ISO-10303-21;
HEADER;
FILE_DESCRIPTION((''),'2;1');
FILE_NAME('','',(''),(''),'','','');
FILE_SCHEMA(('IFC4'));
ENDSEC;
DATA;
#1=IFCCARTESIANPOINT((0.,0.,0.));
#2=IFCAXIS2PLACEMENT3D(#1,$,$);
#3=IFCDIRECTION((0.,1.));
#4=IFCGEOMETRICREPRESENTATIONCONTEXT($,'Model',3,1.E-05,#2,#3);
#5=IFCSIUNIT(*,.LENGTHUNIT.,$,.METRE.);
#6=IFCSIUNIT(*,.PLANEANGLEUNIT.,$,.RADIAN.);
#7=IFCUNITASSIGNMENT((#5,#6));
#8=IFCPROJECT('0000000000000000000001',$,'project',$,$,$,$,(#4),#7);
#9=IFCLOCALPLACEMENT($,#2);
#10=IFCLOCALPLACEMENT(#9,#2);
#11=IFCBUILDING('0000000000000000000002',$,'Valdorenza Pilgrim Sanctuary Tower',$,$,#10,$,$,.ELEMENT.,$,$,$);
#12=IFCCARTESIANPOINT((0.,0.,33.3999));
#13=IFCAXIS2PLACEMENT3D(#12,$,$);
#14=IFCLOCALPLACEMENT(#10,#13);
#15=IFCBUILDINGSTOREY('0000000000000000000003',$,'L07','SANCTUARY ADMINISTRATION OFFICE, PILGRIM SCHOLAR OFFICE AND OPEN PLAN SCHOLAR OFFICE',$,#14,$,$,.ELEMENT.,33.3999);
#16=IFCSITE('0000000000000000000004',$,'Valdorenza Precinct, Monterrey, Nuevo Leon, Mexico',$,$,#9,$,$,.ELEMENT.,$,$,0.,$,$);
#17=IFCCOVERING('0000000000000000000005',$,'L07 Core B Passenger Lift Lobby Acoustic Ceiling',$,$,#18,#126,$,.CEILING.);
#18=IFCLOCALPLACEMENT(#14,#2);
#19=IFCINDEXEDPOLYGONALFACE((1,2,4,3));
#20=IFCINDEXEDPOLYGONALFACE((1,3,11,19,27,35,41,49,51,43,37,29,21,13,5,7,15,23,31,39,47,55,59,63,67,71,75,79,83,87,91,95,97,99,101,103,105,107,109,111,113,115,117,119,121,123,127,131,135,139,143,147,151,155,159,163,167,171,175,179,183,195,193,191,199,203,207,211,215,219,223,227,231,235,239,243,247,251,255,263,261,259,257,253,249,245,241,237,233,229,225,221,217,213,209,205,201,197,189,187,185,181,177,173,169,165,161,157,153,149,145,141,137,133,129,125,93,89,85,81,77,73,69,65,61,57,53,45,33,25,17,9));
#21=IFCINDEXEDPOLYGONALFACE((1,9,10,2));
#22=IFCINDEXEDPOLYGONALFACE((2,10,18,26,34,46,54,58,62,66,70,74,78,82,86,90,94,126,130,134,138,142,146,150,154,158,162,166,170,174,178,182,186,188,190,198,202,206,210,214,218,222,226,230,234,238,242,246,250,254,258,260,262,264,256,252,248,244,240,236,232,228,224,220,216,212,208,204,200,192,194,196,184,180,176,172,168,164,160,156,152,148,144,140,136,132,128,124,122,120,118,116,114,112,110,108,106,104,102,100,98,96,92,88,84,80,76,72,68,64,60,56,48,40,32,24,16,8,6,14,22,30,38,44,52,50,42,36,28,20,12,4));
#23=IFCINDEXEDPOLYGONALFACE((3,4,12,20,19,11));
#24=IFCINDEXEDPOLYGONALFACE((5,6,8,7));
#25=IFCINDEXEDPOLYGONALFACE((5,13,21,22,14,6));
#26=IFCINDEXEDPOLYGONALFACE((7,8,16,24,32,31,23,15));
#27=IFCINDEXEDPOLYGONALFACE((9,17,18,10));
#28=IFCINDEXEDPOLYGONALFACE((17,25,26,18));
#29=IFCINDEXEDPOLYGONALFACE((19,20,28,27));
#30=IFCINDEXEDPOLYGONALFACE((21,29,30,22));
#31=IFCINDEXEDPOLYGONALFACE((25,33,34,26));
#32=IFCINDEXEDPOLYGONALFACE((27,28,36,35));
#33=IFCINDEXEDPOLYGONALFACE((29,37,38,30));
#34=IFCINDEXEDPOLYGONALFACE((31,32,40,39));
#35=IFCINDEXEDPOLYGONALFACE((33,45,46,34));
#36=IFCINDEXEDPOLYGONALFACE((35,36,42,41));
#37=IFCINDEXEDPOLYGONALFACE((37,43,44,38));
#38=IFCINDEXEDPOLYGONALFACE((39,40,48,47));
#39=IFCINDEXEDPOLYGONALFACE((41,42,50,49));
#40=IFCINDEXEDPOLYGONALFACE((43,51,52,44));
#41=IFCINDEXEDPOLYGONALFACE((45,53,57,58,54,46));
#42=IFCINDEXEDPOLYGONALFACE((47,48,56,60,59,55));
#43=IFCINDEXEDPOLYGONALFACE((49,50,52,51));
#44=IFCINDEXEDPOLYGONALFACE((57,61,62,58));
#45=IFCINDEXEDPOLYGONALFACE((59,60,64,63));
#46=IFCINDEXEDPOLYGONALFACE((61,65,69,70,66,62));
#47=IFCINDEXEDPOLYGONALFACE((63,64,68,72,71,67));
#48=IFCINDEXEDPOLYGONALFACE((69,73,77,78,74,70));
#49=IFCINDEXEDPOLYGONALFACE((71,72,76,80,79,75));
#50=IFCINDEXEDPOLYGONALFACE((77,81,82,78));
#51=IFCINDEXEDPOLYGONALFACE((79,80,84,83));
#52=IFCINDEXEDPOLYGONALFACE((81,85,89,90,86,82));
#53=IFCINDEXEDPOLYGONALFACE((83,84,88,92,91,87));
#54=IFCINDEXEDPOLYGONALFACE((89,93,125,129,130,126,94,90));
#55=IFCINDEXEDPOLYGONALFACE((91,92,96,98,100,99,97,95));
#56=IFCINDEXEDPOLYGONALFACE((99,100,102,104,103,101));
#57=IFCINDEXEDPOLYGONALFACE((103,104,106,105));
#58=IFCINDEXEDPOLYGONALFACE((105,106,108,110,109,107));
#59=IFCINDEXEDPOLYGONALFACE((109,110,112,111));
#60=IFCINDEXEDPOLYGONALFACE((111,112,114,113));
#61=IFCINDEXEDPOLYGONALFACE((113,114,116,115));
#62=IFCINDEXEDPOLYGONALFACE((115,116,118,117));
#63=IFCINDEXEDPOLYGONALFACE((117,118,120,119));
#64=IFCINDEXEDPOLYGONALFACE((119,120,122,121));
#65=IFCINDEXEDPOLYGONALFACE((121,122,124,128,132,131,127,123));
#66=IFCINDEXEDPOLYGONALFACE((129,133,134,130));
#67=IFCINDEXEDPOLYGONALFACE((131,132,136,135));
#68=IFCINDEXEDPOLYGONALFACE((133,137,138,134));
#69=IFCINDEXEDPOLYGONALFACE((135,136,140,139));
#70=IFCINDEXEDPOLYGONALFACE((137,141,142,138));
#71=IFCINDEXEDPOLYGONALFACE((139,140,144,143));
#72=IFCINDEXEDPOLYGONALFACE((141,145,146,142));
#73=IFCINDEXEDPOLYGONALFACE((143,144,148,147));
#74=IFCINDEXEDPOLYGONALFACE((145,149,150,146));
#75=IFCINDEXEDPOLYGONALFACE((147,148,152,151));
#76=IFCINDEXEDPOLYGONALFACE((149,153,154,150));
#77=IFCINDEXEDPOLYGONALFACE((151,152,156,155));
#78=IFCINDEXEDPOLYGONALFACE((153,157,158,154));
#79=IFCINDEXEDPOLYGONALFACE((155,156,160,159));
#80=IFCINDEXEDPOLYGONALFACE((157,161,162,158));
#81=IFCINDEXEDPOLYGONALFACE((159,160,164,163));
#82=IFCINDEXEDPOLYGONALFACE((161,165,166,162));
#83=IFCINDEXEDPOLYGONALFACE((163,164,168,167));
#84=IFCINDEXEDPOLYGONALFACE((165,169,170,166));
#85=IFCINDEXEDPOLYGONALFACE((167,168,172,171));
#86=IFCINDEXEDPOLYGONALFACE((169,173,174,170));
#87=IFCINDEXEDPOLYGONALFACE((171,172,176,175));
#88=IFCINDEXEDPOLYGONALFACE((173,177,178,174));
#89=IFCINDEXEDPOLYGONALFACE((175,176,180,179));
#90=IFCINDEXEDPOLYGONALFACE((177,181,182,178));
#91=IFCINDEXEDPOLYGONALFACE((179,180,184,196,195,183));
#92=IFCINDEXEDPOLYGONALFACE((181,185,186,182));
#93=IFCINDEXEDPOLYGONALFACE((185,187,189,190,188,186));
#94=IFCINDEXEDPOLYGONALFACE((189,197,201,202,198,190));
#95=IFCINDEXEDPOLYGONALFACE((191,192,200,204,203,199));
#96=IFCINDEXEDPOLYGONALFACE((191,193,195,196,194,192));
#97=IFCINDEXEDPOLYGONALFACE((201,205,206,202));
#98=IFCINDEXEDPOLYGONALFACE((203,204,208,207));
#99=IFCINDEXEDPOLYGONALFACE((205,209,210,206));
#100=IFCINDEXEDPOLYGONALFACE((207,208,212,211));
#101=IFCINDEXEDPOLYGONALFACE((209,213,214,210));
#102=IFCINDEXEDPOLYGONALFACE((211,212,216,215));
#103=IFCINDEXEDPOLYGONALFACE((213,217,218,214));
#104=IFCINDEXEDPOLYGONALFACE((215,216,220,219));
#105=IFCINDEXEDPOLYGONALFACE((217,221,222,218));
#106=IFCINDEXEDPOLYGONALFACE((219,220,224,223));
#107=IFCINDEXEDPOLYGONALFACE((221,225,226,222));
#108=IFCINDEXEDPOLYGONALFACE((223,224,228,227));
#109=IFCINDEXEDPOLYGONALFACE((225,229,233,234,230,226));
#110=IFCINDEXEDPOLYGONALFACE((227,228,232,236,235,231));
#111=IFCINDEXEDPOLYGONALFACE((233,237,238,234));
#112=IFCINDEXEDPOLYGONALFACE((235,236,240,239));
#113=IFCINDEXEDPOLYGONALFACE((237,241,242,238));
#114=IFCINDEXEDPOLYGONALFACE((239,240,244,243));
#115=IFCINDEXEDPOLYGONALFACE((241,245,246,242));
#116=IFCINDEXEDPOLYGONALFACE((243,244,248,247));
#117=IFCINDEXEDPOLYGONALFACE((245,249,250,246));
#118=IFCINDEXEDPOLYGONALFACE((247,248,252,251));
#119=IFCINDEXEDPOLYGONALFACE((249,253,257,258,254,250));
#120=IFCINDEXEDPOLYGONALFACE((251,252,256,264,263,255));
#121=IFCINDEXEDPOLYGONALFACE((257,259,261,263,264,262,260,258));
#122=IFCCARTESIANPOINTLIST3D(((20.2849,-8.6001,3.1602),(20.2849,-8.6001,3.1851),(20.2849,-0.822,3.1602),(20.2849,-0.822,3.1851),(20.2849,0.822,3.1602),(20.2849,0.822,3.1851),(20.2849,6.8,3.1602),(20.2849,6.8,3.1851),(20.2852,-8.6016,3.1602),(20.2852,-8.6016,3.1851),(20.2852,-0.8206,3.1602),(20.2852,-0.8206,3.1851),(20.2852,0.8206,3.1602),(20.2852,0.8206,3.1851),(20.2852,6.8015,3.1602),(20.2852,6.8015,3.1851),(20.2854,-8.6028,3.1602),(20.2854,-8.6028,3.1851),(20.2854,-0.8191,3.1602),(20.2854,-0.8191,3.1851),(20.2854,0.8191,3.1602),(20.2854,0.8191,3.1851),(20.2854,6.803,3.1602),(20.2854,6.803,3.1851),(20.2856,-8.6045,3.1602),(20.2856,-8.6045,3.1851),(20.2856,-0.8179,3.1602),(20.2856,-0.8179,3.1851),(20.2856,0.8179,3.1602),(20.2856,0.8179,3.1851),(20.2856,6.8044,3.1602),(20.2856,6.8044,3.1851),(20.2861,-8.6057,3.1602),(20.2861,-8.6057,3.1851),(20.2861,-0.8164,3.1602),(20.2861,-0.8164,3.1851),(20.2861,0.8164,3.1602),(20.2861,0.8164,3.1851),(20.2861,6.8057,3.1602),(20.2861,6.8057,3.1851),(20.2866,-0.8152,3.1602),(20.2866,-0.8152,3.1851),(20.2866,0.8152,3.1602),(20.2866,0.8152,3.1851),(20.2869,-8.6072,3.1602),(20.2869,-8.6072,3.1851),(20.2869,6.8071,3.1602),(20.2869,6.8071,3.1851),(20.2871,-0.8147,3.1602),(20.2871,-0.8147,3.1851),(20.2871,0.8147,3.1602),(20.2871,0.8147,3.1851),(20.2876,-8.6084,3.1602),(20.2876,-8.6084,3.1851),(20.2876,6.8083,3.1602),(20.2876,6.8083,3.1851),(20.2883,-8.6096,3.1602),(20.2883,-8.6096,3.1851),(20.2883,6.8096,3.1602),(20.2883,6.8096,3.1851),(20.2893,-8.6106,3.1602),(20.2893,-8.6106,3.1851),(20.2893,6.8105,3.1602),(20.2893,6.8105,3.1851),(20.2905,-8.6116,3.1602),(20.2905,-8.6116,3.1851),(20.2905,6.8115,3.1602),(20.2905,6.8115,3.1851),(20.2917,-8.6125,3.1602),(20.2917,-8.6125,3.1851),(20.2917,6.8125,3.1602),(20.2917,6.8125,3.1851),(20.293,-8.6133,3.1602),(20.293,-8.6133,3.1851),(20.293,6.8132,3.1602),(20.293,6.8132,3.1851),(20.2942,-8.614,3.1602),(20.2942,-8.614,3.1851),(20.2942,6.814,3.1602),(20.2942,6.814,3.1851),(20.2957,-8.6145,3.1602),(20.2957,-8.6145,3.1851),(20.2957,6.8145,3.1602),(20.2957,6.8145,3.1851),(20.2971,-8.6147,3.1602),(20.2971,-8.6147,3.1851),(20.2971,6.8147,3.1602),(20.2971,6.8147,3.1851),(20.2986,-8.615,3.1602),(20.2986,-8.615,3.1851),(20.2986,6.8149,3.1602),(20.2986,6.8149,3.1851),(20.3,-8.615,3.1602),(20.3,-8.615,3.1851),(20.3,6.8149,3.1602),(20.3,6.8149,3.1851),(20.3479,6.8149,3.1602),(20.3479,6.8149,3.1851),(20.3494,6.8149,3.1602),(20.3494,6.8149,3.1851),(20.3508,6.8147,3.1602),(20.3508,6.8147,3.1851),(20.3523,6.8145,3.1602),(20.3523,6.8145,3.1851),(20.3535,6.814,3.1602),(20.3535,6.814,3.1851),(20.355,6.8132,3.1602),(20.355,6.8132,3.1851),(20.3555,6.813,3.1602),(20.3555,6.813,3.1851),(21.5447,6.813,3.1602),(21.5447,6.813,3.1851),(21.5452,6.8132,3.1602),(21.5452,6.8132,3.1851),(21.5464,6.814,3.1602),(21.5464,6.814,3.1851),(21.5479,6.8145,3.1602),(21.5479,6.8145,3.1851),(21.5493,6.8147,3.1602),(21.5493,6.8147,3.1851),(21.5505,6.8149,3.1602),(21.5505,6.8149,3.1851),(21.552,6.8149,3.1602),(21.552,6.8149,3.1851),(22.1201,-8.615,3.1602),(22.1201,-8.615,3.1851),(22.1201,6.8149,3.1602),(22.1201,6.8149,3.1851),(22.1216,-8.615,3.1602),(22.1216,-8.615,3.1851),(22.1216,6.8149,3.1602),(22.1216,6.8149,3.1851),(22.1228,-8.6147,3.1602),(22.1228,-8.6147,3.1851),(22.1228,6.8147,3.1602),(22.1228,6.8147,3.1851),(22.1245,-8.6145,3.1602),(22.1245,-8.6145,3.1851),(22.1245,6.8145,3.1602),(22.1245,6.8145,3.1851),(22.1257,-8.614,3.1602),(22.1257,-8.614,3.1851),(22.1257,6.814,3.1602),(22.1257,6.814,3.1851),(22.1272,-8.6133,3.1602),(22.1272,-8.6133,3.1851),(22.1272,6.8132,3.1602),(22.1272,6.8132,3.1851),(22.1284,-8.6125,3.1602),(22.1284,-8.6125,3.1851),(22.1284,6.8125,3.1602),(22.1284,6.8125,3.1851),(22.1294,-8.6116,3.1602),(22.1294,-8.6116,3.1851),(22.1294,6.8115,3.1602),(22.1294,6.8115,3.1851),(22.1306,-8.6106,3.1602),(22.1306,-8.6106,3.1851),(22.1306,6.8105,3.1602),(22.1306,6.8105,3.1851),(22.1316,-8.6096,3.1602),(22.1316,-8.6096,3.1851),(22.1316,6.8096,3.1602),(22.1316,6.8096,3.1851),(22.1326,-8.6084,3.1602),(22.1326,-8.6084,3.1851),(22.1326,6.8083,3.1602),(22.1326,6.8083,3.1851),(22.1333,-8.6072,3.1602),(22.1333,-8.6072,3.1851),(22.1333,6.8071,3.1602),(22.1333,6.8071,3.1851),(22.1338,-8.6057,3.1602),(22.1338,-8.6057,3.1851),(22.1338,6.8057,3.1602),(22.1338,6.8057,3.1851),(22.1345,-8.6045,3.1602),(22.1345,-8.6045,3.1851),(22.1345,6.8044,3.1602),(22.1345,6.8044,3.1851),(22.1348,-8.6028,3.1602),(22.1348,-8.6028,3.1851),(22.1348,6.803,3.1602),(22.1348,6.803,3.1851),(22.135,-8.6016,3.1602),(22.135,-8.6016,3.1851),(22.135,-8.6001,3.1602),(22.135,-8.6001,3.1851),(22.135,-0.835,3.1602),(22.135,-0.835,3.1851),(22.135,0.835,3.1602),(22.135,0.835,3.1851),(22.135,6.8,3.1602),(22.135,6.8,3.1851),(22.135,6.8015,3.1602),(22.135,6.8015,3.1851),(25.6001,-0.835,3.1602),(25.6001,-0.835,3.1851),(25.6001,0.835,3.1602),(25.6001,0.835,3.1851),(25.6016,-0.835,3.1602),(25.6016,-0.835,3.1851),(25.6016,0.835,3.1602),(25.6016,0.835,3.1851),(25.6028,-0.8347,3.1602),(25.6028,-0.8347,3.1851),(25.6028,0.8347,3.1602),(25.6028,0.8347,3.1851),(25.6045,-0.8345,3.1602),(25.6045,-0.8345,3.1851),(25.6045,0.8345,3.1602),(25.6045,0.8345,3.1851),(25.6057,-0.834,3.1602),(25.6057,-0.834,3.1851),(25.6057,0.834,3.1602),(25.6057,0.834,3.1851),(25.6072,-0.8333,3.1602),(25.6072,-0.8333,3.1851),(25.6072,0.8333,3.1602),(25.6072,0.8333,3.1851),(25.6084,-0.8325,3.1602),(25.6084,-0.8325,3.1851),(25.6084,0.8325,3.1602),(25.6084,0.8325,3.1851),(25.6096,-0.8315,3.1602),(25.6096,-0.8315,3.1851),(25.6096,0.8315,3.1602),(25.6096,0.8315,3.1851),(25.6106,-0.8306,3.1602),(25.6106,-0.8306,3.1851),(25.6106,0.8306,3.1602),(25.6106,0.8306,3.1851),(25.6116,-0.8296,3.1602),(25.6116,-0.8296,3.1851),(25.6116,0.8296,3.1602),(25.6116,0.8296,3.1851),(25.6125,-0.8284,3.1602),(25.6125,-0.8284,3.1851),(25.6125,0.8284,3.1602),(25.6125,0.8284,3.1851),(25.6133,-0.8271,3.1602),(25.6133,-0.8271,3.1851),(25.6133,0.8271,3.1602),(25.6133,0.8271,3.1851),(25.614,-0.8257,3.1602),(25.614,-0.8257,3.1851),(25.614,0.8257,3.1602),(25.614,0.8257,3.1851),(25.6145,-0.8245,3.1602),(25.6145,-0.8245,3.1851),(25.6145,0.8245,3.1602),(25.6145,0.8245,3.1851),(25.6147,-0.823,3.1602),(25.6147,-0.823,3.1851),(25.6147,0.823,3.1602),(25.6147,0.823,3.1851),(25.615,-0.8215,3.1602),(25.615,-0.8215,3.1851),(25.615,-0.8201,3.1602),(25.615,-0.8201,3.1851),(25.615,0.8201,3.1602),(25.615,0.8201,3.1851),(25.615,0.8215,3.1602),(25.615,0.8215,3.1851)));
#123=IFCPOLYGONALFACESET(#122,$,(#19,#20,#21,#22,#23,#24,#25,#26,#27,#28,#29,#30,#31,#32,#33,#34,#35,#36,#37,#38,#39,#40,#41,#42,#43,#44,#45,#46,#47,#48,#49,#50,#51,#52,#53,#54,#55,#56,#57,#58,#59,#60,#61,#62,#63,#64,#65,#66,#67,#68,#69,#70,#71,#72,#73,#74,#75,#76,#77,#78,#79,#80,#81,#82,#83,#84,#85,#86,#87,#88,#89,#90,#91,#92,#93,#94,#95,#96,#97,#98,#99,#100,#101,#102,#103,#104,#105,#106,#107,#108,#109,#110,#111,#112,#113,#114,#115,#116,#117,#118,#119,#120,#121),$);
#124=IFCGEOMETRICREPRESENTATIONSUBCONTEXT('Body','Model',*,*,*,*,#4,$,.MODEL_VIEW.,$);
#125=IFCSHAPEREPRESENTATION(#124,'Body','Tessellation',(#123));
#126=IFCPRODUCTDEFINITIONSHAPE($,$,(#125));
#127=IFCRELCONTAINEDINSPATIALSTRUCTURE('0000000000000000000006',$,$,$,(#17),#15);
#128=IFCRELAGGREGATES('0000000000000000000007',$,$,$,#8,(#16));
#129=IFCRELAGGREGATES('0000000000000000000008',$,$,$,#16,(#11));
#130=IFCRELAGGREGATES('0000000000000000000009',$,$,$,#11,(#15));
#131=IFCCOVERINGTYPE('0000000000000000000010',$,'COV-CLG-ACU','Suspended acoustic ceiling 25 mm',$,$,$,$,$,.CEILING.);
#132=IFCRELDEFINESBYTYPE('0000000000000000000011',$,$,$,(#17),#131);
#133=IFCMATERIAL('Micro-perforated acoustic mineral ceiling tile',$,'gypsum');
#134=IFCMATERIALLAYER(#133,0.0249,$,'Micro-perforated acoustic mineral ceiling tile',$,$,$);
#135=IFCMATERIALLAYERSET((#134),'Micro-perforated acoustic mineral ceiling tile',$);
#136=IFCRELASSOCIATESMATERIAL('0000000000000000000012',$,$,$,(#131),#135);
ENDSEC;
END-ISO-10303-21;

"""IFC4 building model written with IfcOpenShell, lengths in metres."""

from ifc_helpers import new_model, si_unit, direction, frame, origin, place, context, subcontext, project, spatial, polyline, outline, extrude, material, layer, layer_set, type_object, element, save


model = new_model("IFC4")

# Units and contexts
model_context = context("Model", 3, precision=1e-05, world=origin(), true_north=direction((0.0, 1.0)))
body_context = subcontext(model_context, "Body", "Model", "MODEL_VIEW")
ifc_project = project(units=[si_unit("LENGTHUNIT", "METRE"), si_unit("PLANEANGLEUNIT", "RADIAN")], contexts=[model_context])

# Site, building, storey
site_placement = place(None, origin())
site = spatial("IfcSite", under=ifc_project, at=site_placement, Name="Valdorenza Precinct, Monterrey, Nuevo Leon, Mexico", CompositionType="ELEMENT", RefElevation=0.0)
building_placement = place(site_placement, origin())
building = spatial("IfcBuilding", under=site, at=building_placement, Name="Valdorenza Pilgrim Sanctuary Tower", CompositionType="ELEMENT")
storey_placement = place(building_placement, frame((0.0, 0.0, 33.3999)))
storey = spatial("IfcBuildingStorey", under=building, at=storey_placement, Name="L07", Description="SANCTUARY ADMINISTRATION OFFICE, PILGRIM SCHOLAR OFFICE AND OPEN PLAN SCHOLAR OFFICE", CompositionType="ELEMENT", Elevation=33.3999)

# Covering
ifc_material_1 = material(Name="Micro-perforated acoustic mineral ceiling tile", Category="gypsum")
ifc_layer_1 = layer(ifc_material_1, 0.0249, Name="Micro-perforated acoustic mineral ceiling tile")
ifc_layer_set_1 = layer_set([ifc_layer_1], Name="Micro-perforated acoustic mineral ceiling tile")
covering_type_1 = type_object("IfcCoveringType", Name="COV-CLG-ACU", Description="Suspended acoustic ceiling 25 mm", PredefinedType="CEILING", material=ifc_layer_set_1)
covering_1_placement = place(storey_placement, frame((0.0, 0.0, 3.1602)))
element("IfcCovering", 1, at=covering_1_placement, inside=storey, type_object=covering_type_1, Name="L07 Core B Passenger Lift Lobby Acoustic Ceiling", PredefinedType="CEILING", context=body_context, shape_type="SweptSolid", body=[
    extrude(outline(polyline([(20.2871, -0.8147), (20.2871, 0.8147), (20.2866, 0.8152), (20.2861, 0.8164), (20.2856, 0.8179), (20.2854, 0.8191), (20.2852, 0.8206), (20.2849, 0.822), (20.2849, 6.8), (20.2852, 6.8015), (20.2854, 6.803), (20.2856, 6.8044), (20.2861, 6.8057), (20.2869, 6.8071), (20.2876, 6.8083), (20.2883, 6.8096), (20.2893, 6.8105), (20.2905, 6.8115), (20.2917, 6.8125), (20.293, 6.8132), (20.2942, 6.814), (20.2957, 6.8145), (20.2971, 6.8147), (20.2986, 6.8149), (20.3, 6.8149), (20.3479, 6.8149), (20.3494, 6.8149), (20.3508, 6.8147), (20.3523, 6.8145), (20.3535, 6.814), (20.355, 6.8132), (20.3555, 6.813), (21.5447, 6.813), (21.5452, 6.8132), (21.5464, 6.814), (21.5479, 6.8145), (21.5493, 6.8147), (21.5505, 6.8149), (21.552, 6.8149), (22.1201, 6.8149), (22.1216, 6.8149), (22.1228, 6.8147), (22.1245, 6.8145), (22.1257, 6.814), (22.1272, 6.8132), (22.1284, 6.8125), (22.1294, 6.8115), (22.1306, 6.8105), (22.1316, 6.8096), (22.1326, 6.8083), (22.1333, 6.8071), (22.1338, 6.8057), (22.1345, 6.8044), (22.1348, 6.803), (22.135, 6.8015), (22.135, 6.8), (22.135, 0.835), (25.6001, 0.835), (25.6016, 0.835), (25.6028, 0.8347), (25.6045, 0.8345), (25.6057, 0.834), (25.6072, 0.8333), (25.6084, 0.8325), (25.6096, 0.8315), (25.6106, 0.8306), (25.6116, 0.8296), (25.6125, 0.8284), (25.6133, 0.8271), (25.614, 0.8257), (25.6145, 0.8245), (25.6147, 0.823), (25.615, 0.8215), (25.615, 0.8201), (25.615, -0.8201), (25.615, -0.8215), (25.6147, -0.823), (25.6145, -0.8245), (25.614, -0.8257), (25.6133, -0.8271), (25.6125, -0.8284), (25.6116, -0.8296), (25.6106, -0.8306), (25.6096, -0.8315), (25.6084, -0.8325), (25.6072, -0.8333), (25.6057, -0.834), (25.6045, -0.8345), (25.6028, -0.8347), (25.6016, -0.835), (25.6001, -0.835), (22.135, -0.835), (22.135, -8.6001), (22.135, -8.6016), (22.1348, -8.6028), (22.1345, -8.6045), (22.1338, -8.6057), (22.1333, -8.6072), (22.1326, -8.6084), (22.1316, -8.6096), (22.1306, -8.6106), (22.1294, -8.6116), (22.1284, -8.6125), (22.1272, -8.6133), (22.1257, -8.614), (22.1245, -8.6145), (22.1228, -8.6147), (22.1216, -8.615), (22.1201, -8.615), (20.3, -8.615), (20.2986, -8.615), (20.2971, -8.6147), (20.2957, -8.6145), (20.2942, -8.614), (20.293, -8.6133), (20.2917, -8.6125), (20.2905, -8.6116), (20.2893, -8.6106), (20.2883, -8.6096), (20.2876, -8.6084), (20.2869, -8.6072), (20.2861, -8.6057), (20.2856, -8.6045), (20.2854, -8.6028), (20.2852, -8.6016), (20.2849, -8.6001), (20.2849, -0.822), (20.2852, -0.8206), (20.2854, -0.8191), (20.2856, -0.8179), (20.2861, -0.8164), (20.2866, -0.8152), (20.2871, -0.8147)])), origin(), (0.0, 0.0, 1.0), 0.0249),
])

save(model, "model.ifc")
